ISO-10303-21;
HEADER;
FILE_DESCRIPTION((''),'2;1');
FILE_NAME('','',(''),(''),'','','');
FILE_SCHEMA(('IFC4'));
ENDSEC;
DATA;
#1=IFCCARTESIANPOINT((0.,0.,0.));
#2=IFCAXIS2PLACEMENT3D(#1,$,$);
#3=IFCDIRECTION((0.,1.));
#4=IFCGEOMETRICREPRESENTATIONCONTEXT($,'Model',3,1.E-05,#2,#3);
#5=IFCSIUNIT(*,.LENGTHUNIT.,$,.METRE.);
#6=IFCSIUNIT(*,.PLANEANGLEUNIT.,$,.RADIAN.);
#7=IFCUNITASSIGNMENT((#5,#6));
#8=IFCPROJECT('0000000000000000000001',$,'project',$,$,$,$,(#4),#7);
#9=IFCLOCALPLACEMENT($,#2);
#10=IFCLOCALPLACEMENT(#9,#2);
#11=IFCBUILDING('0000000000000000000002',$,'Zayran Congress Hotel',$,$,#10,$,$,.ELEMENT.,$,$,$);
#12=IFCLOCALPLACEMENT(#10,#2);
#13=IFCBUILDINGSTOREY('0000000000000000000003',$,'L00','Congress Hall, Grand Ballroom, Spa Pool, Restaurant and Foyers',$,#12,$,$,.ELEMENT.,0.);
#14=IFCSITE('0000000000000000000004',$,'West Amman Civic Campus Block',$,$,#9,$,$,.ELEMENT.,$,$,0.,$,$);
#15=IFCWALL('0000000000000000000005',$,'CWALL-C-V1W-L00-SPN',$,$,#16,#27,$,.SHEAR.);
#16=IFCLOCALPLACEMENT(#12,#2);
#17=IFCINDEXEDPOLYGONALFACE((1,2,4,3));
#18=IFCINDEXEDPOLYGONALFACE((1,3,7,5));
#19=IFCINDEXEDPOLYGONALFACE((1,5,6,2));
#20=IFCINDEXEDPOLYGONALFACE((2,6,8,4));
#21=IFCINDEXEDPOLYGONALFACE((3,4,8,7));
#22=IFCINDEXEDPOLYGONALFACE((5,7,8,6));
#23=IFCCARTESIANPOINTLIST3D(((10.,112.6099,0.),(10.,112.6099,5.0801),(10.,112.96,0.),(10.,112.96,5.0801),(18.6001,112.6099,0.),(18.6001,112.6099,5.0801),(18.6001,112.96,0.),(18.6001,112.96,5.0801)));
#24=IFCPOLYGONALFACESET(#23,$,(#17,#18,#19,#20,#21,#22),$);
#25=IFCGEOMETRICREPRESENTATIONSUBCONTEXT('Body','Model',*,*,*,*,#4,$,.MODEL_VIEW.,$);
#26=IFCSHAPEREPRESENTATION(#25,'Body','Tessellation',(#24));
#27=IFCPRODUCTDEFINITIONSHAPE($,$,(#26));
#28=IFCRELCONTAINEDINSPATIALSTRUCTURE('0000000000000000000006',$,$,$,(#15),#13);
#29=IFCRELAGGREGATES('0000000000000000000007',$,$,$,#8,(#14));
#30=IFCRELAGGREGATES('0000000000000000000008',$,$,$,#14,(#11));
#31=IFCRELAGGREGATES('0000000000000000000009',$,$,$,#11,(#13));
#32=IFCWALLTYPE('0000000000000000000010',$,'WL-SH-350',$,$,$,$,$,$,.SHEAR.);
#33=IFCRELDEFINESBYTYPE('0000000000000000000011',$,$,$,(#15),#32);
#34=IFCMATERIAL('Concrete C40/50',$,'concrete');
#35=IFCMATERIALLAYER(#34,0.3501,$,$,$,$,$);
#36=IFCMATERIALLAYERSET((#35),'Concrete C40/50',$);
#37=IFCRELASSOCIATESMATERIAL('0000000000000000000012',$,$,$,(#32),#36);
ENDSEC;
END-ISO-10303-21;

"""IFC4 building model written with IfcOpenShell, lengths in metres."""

from ifc_helpers import new_model, si_unit, direction, frame, frame_2d, origin, place, context, subcontext, project, spatial, rectangle, extrude, material, layer, layer_set, type_object, element, save


model = new_model("IFC4")

# Units and contexts
model_context = context("Model", 3, precision=1e-05, world=origin(), true_north=direction((0.0, 1.0)))
body_context = subcontext(model_context, "Body", "Model", "MODEL_VIEW")
ifc_project = project(units=[si_unit("LENGTHUNIT", "METRE"), si_unit("PLANEANGLEUNIT", "RADIAN")], contexts=[model_context])

# Site, building, storey
site_placement = place(None, origin())
site = spatial("IfcSite", under=ifc_project, at=site_placement, Name="West Amman Civic Campus Block", CompositionType="ELEMENT", RefElevation=0.0)
building_placement = place(site_placement, origin())
building = spatial("IfcBuilding", under=site, at=building_placement, Name="Zayran Congress Hotel", CompositionType="ELEMENT")
storey_placement = place(building_placement, origin())
storey = spatial("IfcBuildingStorey", under=building, at=storey_placement, Name="L00", Description="Congress Hall, Grand Ballroom, Spa Pool, Restaurant and Foyers", CompositionType="ELEMENT", Elevation=0.0)

# Wall
ifc_material_1 = material(Name="Concrete C40/50", Category="concrete")
ifc_layer_1 = layer(ifc_material_1, 0.3501)
ifc_layer_set_1 = layer_set([ifc_layer_1], Name="Concrete C40/50")
wall_type = type_object("IfcWallType", Name="WL-SH-350", PredefinedType="SHEAR", material=ifc_layer_set_1)
wall_placement = place(storey_placement, frame((10.0, 112.7849, 0.0), z_axis=(0.0, 0.0, 1.0), x_axis=(1.0, 0.0, 0.0)))
element("IfcWall", 1, at=wall_placement, inside=storey, type_object=wall_type, Name="CWALL-C-V1W-L00-SPN", PredefinedType="SHEAR", context=body_context, shape_type="SweptSolid", body=[
    extrude(rectangle(XDim=8.6001, YDim=0.3501, at=frame_2d((4.3, 0.0))), origin(), (0.0, 0.0, 1.0), 5.0801),
])

save(model, "model.ifc")
